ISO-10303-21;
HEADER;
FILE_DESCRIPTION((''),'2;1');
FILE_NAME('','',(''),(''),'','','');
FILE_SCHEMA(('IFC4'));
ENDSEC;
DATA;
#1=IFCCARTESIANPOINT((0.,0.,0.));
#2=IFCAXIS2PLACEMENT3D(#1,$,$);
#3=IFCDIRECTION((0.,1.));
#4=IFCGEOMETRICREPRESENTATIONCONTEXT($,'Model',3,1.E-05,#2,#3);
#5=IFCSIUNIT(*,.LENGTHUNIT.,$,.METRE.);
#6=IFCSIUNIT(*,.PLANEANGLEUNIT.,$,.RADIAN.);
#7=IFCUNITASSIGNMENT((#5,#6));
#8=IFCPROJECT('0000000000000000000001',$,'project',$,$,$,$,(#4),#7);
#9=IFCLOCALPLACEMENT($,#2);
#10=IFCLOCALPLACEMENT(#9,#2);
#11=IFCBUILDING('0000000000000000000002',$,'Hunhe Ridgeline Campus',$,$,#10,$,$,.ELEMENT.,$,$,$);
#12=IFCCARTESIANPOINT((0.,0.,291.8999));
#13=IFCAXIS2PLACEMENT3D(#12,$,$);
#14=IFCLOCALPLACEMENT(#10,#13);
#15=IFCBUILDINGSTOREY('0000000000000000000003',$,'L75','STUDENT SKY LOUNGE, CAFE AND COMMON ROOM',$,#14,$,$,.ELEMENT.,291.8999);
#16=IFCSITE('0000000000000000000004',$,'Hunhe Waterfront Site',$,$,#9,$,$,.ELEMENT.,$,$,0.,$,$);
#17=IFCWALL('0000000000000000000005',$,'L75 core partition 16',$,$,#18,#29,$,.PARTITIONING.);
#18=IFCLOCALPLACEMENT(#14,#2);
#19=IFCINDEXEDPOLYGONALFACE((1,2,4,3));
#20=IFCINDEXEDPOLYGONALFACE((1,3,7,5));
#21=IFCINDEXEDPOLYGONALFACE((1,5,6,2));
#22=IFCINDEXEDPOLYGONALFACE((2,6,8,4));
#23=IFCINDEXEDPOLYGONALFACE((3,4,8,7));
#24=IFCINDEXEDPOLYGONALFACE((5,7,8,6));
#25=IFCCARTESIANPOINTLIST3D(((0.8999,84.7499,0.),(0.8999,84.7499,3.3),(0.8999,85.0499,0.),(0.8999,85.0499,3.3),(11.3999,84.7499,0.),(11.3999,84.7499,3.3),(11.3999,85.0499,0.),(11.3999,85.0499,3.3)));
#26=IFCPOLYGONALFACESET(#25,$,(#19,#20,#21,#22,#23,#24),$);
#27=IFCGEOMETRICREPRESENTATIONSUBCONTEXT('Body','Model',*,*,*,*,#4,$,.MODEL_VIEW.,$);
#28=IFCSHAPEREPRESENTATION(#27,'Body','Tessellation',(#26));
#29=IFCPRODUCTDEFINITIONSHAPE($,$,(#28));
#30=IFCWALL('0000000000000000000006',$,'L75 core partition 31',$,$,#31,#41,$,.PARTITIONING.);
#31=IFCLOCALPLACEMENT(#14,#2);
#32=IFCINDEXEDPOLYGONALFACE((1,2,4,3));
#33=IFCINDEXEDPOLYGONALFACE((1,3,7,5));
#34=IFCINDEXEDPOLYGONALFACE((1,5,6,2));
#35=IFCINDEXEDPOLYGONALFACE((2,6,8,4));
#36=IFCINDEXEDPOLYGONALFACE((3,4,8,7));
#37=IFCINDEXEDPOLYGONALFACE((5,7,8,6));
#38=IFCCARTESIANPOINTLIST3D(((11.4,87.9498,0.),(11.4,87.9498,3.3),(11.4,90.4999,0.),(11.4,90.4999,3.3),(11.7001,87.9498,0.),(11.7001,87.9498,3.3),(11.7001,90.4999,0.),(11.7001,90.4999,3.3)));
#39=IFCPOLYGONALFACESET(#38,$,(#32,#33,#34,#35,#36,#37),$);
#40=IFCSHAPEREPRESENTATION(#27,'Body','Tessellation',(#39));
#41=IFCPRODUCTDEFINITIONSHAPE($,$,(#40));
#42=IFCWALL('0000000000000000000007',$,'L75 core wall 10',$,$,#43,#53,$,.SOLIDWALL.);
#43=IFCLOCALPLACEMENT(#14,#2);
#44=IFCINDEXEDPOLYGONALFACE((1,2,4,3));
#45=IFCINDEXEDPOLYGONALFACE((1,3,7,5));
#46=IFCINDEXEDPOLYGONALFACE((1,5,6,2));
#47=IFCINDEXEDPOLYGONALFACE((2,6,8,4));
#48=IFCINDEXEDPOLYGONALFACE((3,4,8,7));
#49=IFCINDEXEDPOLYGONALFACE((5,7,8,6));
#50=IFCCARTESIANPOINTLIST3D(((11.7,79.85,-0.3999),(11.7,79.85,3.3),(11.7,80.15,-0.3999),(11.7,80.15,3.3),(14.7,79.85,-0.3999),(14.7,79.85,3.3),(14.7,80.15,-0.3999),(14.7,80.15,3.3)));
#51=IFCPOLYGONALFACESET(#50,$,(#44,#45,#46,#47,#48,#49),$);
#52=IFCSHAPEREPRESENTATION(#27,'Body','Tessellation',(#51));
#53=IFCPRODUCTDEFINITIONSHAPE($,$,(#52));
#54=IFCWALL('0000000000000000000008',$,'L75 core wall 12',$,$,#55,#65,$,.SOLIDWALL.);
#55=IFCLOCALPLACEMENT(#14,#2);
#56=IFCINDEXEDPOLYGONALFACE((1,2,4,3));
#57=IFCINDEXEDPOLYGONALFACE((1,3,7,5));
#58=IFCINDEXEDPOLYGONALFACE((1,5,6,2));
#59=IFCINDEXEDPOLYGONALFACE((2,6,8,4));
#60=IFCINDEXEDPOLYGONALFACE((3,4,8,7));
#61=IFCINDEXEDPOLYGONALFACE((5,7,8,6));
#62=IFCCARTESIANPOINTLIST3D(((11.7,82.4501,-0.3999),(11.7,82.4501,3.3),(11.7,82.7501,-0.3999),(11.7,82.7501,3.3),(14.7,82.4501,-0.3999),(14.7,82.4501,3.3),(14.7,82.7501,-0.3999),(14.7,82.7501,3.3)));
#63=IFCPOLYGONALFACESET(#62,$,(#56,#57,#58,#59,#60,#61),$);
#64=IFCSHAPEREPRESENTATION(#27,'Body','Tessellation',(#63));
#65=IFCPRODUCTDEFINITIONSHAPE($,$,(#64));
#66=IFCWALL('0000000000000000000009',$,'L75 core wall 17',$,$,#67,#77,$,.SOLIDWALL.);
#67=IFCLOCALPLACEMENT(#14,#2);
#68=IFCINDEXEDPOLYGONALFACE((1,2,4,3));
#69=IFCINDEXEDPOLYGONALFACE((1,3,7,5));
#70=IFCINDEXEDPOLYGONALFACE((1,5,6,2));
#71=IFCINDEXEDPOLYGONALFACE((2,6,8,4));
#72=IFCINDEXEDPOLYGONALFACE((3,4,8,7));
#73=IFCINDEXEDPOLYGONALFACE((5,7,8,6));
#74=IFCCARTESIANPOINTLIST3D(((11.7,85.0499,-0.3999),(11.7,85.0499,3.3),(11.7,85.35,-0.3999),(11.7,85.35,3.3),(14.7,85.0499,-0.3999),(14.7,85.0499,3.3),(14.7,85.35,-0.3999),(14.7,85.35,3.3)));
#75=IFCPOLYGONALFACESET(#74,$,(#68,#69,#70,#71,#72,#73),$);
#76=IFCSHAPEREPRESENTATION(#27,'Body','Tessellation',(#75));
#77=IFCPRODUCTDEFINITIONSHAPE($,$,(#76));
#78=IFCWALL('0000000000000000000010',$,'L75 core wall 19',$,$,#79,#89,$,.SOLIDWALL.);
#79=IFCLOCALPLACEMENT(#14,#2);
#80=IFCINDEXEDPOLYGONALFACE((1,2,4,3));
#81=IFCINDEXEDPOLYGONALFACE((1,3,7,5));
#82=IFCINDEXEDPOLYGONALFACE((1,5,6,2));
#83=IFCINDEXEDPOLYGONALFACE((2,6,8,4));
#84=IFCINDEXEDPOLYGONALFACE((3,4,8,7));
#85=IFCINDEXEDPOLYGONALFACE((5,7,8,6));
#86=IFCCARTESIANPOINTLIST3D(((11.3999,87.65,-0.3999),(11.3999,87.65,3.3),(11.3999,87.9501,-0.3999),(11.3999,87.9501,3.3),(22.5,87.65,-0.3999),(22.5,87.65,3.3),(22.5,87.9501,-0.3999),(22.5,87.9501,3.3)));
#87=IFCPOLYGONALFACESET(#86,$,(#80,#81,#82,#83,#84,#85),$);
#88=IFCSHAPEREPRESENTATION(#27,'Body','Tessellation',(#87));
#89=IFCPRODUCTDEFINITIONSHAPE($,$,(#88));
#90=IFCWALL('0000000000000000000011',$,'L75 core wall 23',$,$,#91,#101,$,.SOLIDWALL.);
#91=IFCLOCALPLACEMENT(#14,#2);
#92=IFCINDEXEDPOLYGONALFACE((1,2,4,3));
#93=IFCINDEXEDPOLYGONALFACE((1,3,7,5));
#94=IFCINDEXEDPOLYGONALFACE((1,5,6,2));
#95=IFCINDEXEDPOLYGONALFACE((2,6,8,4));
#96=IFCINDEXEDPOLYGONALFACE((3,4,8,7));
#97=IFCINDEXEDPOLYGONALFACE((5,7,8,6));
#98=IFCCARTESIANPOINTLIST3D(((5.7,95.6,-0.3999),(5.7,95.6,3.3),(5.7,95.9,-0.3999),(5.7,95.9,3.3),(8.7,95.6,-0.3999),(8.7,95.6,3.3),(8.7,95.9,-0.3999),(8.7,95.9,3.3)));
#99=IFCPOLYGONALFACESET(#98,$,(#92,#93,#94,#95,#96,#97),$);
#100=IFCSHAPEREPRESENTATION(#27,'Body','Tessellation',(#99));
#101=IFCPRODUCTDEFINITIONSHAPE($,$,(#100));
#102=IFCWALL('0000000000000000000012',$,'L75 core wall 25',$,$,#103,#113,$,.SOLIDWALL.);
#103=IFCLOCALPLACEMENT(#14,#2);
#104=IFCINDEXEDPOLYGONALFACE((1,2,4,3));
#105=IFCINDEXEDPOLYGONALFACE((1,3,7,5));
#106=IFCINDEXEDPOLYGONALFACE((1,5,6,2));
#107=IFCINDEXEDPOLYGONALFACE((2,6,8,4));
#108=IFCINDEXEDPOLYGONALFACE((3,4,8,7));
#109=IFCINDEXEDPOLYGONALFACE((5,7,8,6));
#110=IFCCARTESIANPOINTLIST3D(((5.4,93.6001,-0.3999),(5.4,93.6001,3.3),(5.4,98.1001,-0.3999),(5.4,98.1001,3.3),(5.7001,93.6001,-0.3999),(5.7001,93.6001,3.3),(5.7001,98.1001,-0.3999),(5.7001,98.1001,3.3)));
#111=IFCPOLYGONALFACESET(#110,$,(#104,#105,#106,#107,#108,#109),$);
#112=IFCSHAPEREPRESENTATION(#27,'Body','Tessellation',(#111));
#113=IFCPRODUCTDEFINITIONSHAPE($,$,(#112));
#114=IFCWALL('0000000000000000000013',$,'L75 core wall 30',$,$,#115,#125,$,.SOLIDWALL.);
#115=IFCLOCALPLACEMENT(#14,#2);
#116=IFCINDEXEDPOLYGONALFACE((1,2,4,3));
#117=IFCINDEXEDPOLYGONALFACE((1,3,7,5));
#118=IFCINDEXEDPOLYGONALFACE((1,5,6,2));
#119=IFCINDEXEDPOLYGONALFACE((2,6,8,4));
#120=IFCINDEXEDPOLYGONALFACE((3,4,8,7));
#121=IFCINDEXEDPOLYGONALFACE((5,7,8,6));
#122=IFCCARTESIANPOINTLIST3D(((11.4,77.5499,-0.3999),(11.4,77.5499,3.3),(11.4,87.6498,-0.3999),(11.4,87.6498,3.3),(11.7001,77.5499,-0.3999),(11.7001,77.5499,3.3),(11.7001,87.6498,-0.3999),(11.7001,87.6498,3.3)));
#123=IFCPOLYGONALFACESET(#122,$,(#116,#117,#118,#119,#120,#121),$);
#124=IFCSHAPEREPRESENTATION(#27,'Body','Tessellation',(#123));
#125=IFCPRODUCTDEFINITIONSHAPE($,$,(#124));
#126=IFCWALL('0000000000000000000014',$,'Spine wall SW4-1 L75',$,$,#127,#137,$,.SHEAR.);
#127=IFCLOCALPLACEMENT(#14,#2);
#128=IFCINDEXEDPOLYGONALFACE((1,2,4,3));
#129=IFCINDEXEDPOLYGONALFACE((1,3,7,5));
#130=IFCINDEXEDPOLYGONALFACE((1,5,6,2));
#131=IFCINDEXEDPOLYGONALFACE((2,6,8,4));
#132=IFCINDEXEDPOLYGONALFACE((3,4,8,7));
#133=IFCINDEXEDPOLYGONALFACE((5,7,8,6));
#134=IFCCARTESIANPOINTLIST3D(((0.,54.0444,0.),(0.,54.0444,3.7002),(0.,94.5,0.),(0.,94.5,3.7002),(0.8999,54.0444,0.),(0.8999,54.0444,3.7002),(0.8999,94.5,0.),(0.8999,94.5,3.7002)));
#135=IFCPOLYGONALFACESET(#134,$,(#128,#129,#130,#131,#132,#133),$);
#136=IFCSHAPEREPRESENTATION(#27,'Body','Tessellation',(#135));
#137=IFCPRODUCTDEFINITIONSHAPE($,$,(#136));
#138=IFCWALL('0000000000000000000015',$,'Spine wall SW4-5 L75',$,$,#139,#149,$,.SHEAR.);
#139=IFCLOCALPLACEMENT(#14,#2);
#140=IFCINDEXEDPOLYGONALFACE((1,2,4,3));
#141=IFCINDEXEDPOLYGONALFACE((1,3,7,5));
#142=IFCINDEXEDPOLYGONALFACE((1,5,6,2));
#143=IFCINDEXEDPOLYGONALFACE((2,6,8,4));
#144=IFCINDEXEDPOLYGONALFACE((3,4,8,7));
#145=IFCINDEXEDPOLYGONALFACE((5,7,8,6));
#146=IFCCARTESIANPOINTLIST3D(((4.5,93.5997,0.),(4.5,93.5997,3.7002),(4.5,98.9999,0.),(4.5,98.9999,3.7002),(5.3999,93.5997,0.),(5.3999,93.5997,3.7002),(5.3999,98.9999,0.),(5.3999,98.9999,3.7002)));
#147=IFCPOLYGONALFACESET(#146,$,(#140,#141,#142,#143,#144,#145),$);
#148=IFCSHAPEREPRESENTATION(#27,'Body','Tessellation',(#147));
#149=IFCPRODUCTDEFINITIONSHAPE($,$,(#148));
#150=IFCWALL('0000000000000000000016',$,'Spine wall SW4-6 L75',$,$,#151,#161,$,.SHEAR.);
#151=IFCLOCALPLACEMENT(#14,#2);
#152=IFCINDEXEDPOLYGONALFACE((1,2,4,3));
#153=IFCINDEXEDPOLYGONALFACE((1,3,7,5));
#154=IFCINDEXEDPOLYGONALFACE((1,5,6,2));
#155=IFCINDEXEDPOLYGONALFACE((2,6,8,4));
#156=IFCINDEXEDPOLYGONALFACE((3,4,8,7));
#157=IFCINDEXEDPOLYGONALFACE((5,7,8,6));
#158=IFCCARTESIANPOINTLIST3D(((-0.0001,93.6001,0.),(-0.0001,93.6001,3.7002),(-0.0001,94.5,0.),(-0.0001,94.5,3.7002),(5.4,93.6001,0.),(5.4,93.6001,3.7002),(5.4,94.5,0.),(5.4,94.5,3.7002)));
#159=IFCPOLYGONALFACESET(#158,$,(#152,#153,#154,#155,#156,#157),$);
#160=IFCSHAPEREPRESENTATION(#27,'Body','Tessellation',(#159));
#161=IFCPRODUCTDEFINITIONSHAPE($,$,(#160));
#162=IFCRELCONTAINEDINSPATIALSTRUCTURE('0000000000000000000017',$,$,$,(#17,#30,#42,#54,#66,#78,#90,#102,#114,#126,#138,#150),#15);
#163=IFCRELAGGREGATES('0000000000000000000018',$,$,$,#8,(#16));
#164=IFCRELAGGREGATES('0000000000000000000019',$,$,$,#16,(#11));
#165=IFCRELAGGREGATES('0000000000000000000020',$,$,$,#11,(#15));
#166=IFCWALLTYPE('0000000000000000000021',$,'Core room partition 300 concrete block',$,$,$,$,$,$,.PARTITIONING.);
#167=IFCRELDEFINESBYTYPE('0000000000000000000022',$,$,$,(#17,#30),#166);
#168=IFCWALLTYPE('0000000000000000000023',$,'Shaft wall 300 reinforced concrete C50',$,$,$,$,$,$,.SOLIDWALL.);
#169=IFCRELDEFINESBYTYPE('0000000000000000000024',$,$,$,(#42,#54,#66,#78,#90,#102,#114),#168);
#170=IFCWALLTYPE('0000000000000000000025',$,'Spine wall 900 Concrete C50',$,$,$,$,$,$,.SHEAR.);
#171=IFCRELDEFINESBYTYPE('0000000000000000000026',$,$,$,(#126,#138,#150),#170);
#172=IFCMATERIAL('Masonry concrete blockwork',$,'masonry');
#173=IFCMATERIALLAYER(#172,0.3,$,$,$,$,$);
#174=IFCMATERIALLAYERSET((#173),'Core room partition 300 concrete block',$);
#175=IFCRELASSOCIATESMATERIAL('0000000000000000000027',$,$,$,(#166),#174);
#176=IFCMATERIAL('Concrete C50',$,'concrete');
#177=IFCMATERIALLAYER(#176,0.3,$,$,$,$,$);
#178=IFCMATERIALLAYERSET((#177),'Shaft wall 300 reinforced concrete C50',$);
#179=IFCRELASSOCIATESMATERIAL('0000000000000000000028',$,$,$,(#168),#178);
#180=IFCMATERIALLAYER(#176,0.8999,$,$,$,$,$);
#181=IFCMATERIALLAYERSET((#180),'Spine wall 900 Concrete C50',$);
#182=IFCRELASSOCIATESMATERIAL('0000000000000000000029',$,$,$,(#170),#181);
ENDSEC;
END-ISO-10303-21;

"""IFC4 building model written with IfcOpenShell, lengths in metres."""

from ifc_helpers import new_model, si_unit, direction, frame, frame_2d, origin, place, context, subcontext, project, spatial, rectangle, extrude, material, layer, layer_set, type_object, element, save


model = new_model("IFC4")

# Units and contexts
model_context = context("Model", 3, precision=1e-05, world=origin(), true_north=direction((0.0, 1.0)))
body_context = subcontext(model_context, "Body", "Model", "MODEL_VIEW")
ifc_project = project(units=[si_unit("LENGTHUNIT", "METRE"), si_unit("PLANEANGLEUNIT", "RADIAN")], contexts=[model_context])

# Site, building, storey
site_placement = place(None, origin())
site = spatial("IfcSite", under=ifc_project, at=site_placement, Name="Hunhe Waterfront Site", CompositionType="ELEMENT", RefElevation=0.0)
building_placement = place(site_placement, origin())
building = spatial("IfcBuilding", under=site, at=building_placement, Name="Hunhe Ridgeline Campus", CompositionType="ELEMENT")
storey_placement = place(building_placement, frame((0.0, 0.0, 291.8999)))
storey = spatial("IfcBuildingStorey", under=building, at=storey_placement, Name="L75", Description="STUDENT SKY LOUNGE, CAFE AND COMMON ROOM", CompositionType="ELEMENT", Elevation=291.8999)

# Walls
ifc_material_1 = material(Name="Masonry concrete blockwork", Category="masonry")
ifc_layer_1 = layer(ifc_material_1, 0.3)
ifc_layer_set_1 = layer_set([ifc_layer_1], Name="Core room partition 300 concrete block")
wall_type_1 = type_object("IfcWallType", Name="Core room partition 300 concrete block", PredefinedType="PARTITIONING", material=ifc_layer_set_1)
wall_1_placement = place(storey_placement, frame((0.8999, 84.8999, 0.0), z_axis=(0.0, 0.0, 1.0), x_axis=(1.0, 0.0, 0.0)))
element("IfcWall", 1, at=wall_1_placement, inside=storey, type_object=wall_type_1, Name="L75 core partition 16", PredefinedType="PARTITIONING", context=body_context, shape_type="SweptSolid", body=[
    extrude(rectangle(XDim=10.5, YDim=0.3, at=frame_2d((5.25, 0.0))), origin(), (0.0, 0.0, 1.0), 3.3),
])
wall_2_placement = place(storey_placement, frame((11.55, 87.95, 0.0), z_axis=(0.0, 0.0, 1.0), x_axis=(0.0, 1.0, 0.0)))
element("IfcWall", 2, at=wall_2_placement, inside=storey, type_object=wall_type_1, Name="L75 core partition 31", PredefinedType="PARTITIONING", context=body_context, shape_type="SweptSolid", body=[
    extrude(rectangle(XDim=2.55, YDim=0.3, at=frame_2d((1.2749, 0.0))), origin(), (0.0, 0.0, 1.0), 3.3),
])

# Shared definitions
ifc_material_2 = material(Name="Concrete C50", Category="concrete")

# Walls
ifc_layer_2 = layer(ifc_material_2, 0.3)
ifc_layer_set_2 = layer_set([ifc_layer_2], Name="Shaft wall 300 reinforced concrete C50")
wall_type_2 = type_object("IfcWallType", Name="Shaft wall 300 reinforced concrete C50", PredefinedType="SOLIDWALL", material=ifc_layer_set_2)
for number, where, z_axis, x_axis, name in (
    (3, (11.7, 80.0, -0.3999), (0.0, 0.0, 1.0), (1.0, 0.0, 0.0), "L75 core wall 10"),
    (4, (11.7, 82.6001, -0.3999), (0.0, 0.0, 1.0), (1.0, 0.0, 0.0), "L75 core wall 12"),
    (5, (11.7, 85.2, -0.3999), (0.0, 0.0, 1.0), (1.0, 0.0, 0.0), "L75 core wall 17"),
):
    element("IfcWall", number, at=place(storey_placement, frame(where, z_axis=z_axis, x_axis=x_axis)), inside=storey, type_object=wall_type_2, Name=name, PredefinedType="SOLIDWALL", context=body_context, shape_type="SweptSolid", body=[
        extrude(rectangle(XDim=3.0, YDim=0.3, at=frame_2d((1.5, 0.0))), origin(), (0.0, 0.0, 1.0), 3.7),
    ])
wall_3_placement = place(storey_placement, frame((11.3999, 87.8, -0.3999), z_axis=(0.0, 0.0, 1.0), x_axis=(1.0, 0.0, 0.0)))
element("IfcWall", 6, at=wall_3_placement, inside=storey, type_object=wall_type_2, Name="L75 core wall 19", PredefinedType="SOLIDWALL", context=body_context, shape_type="SweptSolid", body=[
    extrude(rectangle(XDim=11.1001, YDim=0.3, at=frame_2d((5.55, 0.0))), origin(), (0.0, 0.0, 1.0), 3.7),
])

# Walls
wall_4_placement = place(storey_placement, frame((5.7, 95.75, -0.3999), z_axis=(0.0, 0.0, 1.0), x_axis=(1.0, 0.0, 0.0)))
element("IfcWall", 7, at=wall_4_placement, inside=storey, type_object=wall_type_2, Name="L75 core wall 23", PredefinedType="SOLIDWALL", context=body_context, shape_type="SweptSolid", body=[
    extrude(rectangle(XDim=3.0, YDim=0.3, at=frame_2d((1.5, 0.0))), origin(), (0.0, 0.0, 1.0), 3.7),
])
wall_5_placement = place(storey_placement, frame((5.55, 93.6001, -0.3999), z_axis=(0.0, 0.0, 1.0), x_axis=(0.0, 1.0, 0.0)))
element("IfcWall", 8, at=wall_5_placement, inside=storey, type_object=wall_type_2, Name="L75 core wall 25", PredefinedType="SOLIDWALL", context=body_context, shape_type="SweptSolid", body=[
    extrude(rectangle(XDim=4.5, YDim=0.3, at=frame_2d((2.25, 0.0))), origin(), (0.0, 0.0, 1.0), 3.7),
])

# Walls
wall_6_placement = place(storey_placement, frame((11.55, 77.55, -0.3999), z_axis=(0.0, 0.0, 1.0), x_axis=(0.0, 1.0, 0.0)))
element("IfcWall", 9, at=wall_6_placement, inside=storey, type_object=wall_type_2, Name="L75 core wall 30", PredefinedType="SOLIDWALL", context=body_context, shape_type="SweptSolid", body=[
    extrude(rectangle(XDim=10.0999, YDim=0.3, at=frame_2d((5.0498, 0.0))), origin(), (0.0, 0.0, 1.0), 3.7),
])
ifc_layer_3 = layer(ifc_material_2, 0.8999)
ifc_layer_set_3 = layer_set([ifc_layer_3], Name="Spine wall 900 Concrete C50")
wall_type_3 = type_object("IfcWallType", Name="Spine wall 900 Concrete C50", PredefinedType="SHEAR", material=ifc_layer_set_3)
wall_7_placement = place(storey_placement, frame((0.45, 94.5, 0.0), z_axis=(0.0, 0.0, 1.0), x_axis=(0.0, -1.0, 0.0)))
element("IfcWall", 10, at=wall_7_placement, inside=storey, type_object=wall_type_3, Name="Spine wall SW4-1 L75", PredefinedType="SHEAR", context=body_context, shape_type="SweptSolid", body=[
    extrude(rectangle(XDim=40.4556, YDim=0.8999, at=frame_2d((20.2278, 0.0))), origin(), (0.0, 0.0, 1.0), 3.7002),
])
for number, where, z_axis, x_axis, name in (
    (11, (4.95, 99.0, 0.0), (0.0, 0.0, 1.0), (0.0, -1.0, 0.0), "Spine wall SW4-5 L75"),
    (12, (5.4001, 94.05, 0.0), (0.0, 0.0, 1.0), (-1.0, 0.0, 0.0), "Spine wall SW4-6 L75"),
):
    element("IfcWall", number, at=place(storey_placement, frame(where, z_axis=z_axis, x_axis=x_axis)), inside=storey, type_object=wall_type_3, Name=name, PredefinedType="SHEAR", context=body_context, shape_type="SweptSolid", body=[
        extrude(rectangle(XDim=5.4001, YDim=0.8999, at=frame_2d((2.7002, 0.0))), origin(), (0.0, 0.0, 1.0), 3.7002),
    ])

save(model, "model.ifc")
